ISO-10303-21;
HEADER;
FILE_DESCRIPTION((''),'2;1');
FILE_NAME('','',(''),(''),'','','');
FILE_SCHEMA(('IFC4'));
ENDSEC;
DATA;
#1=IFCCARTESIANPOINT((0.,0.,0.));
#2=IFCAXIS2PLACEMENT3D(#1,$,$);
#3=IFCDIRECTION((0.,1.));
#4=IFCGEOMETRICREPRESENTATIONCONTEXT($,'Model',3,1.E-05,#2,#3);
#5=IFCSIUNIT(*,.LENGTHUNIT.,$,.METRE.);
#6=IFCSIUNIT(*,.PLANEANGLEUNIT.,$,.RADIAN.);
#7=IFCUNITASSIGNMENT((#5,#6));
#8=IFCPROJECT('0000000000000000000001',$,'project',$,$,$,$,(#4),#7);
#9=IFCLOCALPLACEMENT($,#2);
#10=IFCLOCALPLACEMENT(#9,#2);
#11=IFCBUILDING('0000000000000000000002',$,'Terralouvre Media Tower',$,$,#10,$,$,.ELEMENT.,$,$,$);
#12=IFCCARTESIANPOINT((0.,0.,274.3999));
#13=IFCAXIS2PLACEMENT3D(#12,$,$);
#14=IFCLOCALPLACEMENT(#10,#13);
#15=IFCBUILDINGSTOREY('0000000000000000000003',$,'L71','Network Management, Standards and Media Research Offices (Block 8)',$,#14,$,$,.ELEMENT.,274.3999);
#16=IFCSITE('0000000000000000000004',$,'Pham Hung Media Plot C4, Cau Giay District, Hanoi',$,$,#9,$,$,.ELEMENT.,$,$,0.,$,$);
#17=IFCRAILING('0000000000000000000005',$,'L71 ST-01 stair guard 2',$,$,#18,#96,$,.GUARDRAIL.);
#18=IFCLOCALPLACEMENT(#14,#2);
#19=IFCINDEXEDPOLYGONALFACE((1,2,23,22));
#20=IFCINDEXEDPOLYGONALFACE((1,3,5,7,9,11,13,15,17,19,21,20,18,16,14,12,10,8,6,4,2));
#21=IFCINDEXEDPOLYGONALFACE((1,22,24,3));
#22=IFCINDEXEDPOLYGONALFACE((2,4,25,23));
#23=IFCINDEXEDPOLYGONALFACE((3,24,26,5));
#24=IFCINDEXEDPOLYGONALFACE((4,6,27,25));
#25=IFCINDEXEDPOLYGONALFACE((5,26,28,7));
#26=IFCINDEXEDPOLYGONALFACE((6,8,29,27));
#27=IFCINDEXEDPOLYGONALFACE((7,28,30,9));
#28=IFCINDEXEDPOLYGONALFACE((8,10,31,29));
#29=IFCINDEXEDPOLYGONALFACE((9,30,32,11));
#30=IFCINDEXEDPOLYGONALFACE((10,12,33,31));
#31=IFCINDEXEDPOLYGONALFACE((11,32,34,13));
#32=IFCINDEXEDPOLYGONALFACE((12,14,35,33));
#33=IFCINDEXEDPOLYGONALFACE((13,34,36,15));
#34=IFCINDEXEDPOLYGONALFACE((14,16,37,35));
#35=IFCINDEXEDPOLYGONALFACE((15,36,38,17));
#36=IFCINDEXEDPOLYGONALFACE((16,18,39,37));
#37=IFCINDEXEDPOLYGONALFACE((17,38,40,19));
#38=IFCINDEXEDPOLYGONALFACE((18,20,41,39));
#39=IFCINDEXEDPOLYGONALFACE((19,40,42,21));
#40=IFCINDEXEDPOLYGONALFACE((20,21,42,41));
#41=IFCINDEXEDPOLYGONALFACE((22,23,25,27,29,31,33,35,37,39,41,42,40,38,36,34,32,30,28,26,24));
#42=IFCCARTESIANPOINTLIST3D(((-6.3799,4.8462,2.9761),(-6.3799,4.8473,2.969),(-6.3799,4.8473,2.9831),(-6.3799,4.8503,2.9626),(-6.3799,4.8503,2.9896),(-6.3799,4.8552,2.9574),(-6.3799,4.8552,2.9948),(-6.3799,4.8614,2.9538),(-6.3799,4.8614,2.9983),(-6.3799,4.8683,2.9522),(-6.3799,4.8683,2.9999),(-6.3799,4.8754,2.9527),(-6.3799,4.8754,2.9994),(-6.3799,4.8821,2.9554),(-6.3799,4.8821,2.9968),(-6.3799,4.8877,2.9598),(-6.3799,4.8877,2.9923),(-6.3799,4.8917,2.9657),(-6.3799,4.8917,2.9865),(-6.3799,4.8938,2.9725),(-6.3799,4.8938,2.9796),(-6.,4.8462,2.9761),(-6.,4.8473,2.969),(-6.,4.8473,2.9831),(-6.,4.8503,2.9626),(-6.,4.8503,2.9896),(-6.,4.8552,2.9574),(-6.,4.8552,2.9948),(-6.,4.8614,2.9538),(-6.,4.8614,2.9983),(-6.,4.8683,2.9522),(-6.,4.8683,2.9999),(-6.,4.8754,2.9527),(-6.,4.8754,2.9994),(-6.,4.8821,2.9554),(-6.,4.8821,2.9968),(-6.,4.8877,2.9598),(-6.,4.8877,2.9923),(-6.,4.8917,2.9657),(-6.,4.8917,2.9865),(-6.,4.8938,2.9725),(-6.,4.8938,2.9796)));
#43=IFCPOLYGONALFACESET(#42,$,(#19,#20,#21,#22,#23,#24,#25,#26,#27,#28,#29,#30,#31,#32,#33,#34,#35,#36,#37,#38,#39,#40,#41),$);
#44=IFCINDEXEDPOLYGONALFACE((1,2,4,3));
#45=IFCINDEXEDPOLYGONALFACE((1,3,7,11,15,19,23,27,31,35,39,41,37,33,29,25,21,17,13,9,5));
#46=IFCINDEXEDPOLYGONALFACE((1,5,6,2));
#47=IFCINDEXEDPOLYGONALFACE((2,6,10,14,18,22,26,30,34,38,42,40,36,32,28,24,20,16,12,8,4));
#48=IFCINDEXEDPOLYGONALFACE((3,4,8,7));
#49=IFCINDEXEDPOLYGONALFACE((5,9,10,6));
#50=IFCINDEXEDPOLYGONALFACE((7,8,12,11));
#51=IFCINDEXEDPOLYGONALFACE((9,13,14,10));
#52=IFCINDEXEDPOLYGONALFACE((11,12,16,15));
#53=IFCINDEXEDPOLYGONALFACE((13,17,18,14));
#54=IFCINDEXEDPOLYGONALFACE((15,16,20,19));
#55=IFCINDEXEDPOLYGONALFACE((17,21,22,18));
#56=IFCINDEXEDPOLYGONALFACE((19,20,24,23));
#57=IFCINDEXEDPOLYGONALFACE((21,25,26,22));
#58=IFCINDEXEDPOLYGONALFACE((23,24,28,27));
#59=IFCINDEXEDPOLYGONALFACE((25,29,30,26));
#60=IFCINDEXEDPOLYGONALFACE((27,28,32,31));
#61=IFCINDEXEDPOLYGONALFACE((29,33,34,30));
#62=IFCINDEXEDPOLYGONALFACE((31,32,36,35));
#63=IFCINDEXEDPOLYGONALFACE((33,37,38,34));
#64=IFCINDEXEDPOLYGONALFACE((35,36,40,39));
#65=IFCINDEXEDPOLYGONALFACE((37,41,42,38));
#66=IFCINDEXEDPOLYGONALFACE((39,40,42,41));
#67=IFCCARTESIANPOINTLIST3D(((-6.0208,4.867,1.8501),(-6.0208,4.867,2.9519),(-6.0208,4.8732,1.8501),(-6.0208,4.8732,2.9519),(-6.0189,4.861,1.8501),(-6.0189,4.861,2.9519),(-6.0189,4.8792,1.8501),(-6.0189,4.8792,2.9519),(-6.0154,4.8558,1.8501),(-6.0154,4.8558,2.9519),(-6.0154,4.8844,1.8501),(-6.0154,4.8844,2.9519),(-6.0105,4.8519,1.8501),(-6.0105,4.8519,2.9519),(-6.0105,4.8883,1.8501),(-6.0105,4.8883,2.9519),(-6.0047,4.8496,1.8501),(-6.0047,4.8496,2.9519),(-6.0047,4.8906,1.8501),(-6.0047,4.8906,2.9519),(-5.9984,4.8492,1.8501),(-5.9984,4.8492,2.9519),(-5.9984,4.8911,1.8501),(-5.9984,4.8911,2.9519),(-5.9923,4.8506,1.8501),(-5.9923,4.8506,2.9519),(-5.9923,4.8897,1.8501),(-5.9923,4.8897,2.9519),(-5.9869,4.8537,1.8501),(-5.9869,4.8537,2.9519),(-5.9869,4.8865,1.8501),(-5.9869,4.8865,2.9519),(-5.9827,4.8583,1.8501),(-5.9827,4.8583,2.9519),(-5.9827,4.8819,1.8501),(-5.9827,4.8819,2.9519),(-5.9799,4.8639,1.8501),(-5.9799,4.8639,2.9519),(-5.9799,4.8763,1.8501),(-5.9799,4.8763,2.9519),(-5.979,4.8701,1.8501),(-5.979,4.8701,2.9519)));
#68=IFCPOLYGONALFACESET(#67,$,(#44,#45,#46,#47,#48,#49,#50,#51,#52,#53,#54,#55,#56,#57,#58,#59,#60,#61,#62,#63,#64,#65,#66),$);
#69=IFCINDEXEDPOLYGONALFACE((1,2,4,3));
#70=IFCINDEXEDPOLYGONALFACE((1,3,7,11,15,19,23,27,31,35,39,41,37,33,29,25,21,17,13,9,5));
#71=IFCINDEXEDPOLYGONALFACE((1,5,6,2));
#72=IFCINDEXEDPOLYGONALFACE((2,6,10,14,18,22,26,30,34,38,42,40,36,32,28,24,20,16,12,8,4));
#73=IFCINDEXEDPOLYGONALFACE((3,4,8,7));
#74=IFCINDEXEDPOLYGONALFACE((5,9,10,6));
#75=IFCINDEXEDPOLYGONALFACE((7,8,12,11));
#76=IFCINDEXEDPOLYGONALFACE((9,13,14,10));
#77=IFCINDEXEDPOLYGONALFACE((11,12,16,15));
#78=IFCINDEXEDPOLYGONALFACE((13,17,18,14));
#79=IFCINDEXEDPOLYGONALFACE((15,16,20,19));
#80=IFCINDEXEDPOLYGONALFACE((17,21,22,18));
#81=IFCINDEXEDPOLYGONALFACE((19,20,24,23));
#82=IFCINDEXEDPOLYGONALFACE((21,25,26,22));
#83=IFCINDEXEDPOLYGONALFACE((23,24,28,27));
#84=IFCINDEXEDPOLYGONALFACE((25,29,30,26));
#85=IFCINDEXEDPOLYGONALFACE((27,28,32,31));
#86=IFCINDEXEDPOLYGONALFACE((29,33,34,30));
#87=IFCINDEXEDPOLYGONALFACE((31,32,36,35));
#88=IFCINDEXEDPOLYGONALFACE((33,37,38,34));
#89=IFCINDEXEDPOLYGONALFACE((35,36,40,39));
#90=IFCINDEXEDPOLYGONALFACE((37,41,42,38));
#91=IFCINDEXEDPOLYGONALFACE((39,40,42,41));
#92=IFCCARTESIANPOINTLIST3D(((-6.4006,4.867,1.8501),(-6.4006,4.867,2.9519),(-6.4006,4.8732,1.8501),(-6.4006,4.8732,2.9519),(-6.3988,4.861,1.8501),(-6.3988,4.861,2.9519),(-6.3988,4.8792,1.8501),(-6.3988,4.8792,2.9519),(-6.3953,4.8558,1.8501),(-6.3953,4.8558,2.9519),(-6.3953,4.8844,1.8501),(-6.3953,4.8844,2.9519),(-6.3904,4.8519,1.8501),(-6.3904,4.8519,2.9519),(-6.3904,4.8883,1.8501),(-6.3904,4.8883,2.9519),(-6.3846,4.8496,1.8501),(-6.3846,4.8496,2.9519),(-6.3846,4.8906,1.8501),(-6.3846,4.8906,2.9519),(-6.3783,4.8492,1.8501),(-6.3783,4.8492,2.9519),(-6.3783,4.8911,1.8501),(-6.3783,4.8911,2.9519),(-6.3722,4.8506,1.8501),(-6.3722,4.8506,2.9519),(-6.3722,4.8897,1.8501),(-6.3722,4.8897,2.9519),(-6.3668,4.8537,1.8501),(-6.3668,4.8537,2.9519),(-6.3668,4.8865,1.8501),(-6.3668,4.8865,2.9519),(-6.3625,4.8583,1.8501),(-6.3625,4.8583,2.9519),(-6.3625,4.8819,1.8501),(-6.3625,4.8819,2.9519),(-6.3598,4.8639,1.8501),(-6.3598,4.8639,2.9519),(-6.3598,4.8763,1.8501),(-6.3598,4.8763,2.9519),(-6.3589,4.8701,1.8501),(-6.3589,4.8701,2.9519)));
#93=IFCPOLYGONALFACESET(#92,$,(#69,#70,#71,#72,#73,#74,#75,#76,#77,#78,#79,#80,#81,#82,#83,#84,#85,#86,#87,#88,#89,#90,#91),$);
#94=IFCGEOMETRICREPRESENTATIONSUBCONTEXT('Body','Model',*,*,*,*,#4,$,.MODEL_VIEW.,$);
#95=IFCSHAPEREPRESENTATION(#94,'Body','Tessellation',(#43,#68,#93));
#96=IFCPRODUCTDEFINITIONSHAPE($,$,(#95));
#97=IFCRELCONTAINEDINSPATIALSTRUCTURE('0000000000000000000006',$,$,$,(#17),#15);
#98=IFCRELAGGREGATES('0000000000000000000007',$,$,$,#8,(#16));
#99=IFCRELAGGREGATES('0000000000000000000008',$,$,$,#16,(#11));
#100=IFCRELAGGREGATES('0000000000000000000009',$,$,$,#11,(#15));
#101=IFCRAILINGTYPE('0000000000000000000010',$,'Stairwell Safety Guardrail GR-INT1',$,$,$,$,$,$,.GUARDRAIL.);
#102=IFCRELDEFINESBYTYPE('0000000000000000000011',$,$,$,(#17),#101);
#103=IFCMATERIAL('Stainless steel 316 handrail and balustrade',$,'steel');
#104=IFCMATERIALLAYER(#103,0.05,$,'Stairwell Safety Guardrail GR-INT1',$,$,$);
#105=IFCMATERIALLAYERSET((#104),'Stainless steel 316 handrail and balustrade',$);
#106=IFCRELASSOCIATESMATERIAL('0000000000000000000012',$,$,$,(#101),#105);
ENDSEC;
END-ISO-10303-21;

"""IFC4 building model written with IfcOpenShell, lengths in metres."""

from ifc_helpers import new_model, si_unit, direction, frame, origin, origin_2d, place, context, subcontext, project, spatial, circle, extrude, material, layer, layer_set, type_object, element, save


model = new_model("IFC4")

# Units and contexts
model_context = context("Model", 3, precision=1e-05, world=origin(), true_north=direction((0.0, 1.0)))
body_context = subcontext(model_context, "Body", "Model", "MODEL_VIEW")
ifc_project = project(units=[si_unit("LENGTHUNIT", "METRE"), si_unit("PLANEANGLEUNIT", "RADIAN")], contexts=[model_context])

# Site, building, storey
site_placement = place(None, origin())
site = spatial("IfcSite", under=ifc_project, at=site_placement, Name="Pham Hung Media Plot C4, Cau Giay District, Hanoi", CompositionType="ELEMENT", RefElevation=0.0)
building_placement = place(site_placement, origin())
building = spatial("IfcBuilding", under=site, at=building_placement, Name="Terralouvre Media Tower", CompositionType="ELEMENT")
storey_placement = place(building_placement, frame((0.0, 0.0, 274.3999)))
storey = spatial("IfcBuildingStorey", under=building, at=storey_placement, Name="L71", Description="Network Management, Standards and Media Research Offices (Block 8)", CompositionType="ELEMENT", Elevation=274.3999)

# Railing
ifc_material_1 = material(Name="Stainless steel 316 handrail and balustrade", Category="steel")
ifc_layer_1 = layer(ifc_material_1, 0.05, Name="Stairwell Safety Guardrail GR-INT1")
ifc_layer_set_1 = layer_set([ifc_layer_1], Name="Stainless steel 316 handrail and balustrade")
railing_type_1 = type_object("IfcRailingType", Name="Stairwell Safety Guardrail GR-INT1", PredefinedType="GUARDRAIL", material=ifc_layer_set_1)
railing_1_placement = place(storey_placement, frame((-6.0, 4.8701, 1.8501)))
element("IfcRailing", 1, at=railing_1_placement, inside=storey, type_object=railing_type_1, Name="L71 ST-01 stair guard 2", PredefinedType="GUARDRAIL", context=body_context, shape_type="SweptSolid", body=[
    extrude(circle(Radius=0.0239, at=origin_2d()), frame((0.0, 0.0, 1.126), z_axis=(-1.0, 0.0, 0.0), x_axis=(0.0, -1.0, 0.0)), (0.0, 0.0, 1.0), 0.3799),
    extrude(circle(Radius=0.021, at=origin_2d()), origin(), (0.0, 0.0, 1.0), 1.1018),
    extrude(circle(Radius=0.021, at=origin_2d()), frame((-0.3799, 0.0, 0.0)), (0.0, 0.0, 1.0), 1.1018),
])

save(model, "model.ifc")
